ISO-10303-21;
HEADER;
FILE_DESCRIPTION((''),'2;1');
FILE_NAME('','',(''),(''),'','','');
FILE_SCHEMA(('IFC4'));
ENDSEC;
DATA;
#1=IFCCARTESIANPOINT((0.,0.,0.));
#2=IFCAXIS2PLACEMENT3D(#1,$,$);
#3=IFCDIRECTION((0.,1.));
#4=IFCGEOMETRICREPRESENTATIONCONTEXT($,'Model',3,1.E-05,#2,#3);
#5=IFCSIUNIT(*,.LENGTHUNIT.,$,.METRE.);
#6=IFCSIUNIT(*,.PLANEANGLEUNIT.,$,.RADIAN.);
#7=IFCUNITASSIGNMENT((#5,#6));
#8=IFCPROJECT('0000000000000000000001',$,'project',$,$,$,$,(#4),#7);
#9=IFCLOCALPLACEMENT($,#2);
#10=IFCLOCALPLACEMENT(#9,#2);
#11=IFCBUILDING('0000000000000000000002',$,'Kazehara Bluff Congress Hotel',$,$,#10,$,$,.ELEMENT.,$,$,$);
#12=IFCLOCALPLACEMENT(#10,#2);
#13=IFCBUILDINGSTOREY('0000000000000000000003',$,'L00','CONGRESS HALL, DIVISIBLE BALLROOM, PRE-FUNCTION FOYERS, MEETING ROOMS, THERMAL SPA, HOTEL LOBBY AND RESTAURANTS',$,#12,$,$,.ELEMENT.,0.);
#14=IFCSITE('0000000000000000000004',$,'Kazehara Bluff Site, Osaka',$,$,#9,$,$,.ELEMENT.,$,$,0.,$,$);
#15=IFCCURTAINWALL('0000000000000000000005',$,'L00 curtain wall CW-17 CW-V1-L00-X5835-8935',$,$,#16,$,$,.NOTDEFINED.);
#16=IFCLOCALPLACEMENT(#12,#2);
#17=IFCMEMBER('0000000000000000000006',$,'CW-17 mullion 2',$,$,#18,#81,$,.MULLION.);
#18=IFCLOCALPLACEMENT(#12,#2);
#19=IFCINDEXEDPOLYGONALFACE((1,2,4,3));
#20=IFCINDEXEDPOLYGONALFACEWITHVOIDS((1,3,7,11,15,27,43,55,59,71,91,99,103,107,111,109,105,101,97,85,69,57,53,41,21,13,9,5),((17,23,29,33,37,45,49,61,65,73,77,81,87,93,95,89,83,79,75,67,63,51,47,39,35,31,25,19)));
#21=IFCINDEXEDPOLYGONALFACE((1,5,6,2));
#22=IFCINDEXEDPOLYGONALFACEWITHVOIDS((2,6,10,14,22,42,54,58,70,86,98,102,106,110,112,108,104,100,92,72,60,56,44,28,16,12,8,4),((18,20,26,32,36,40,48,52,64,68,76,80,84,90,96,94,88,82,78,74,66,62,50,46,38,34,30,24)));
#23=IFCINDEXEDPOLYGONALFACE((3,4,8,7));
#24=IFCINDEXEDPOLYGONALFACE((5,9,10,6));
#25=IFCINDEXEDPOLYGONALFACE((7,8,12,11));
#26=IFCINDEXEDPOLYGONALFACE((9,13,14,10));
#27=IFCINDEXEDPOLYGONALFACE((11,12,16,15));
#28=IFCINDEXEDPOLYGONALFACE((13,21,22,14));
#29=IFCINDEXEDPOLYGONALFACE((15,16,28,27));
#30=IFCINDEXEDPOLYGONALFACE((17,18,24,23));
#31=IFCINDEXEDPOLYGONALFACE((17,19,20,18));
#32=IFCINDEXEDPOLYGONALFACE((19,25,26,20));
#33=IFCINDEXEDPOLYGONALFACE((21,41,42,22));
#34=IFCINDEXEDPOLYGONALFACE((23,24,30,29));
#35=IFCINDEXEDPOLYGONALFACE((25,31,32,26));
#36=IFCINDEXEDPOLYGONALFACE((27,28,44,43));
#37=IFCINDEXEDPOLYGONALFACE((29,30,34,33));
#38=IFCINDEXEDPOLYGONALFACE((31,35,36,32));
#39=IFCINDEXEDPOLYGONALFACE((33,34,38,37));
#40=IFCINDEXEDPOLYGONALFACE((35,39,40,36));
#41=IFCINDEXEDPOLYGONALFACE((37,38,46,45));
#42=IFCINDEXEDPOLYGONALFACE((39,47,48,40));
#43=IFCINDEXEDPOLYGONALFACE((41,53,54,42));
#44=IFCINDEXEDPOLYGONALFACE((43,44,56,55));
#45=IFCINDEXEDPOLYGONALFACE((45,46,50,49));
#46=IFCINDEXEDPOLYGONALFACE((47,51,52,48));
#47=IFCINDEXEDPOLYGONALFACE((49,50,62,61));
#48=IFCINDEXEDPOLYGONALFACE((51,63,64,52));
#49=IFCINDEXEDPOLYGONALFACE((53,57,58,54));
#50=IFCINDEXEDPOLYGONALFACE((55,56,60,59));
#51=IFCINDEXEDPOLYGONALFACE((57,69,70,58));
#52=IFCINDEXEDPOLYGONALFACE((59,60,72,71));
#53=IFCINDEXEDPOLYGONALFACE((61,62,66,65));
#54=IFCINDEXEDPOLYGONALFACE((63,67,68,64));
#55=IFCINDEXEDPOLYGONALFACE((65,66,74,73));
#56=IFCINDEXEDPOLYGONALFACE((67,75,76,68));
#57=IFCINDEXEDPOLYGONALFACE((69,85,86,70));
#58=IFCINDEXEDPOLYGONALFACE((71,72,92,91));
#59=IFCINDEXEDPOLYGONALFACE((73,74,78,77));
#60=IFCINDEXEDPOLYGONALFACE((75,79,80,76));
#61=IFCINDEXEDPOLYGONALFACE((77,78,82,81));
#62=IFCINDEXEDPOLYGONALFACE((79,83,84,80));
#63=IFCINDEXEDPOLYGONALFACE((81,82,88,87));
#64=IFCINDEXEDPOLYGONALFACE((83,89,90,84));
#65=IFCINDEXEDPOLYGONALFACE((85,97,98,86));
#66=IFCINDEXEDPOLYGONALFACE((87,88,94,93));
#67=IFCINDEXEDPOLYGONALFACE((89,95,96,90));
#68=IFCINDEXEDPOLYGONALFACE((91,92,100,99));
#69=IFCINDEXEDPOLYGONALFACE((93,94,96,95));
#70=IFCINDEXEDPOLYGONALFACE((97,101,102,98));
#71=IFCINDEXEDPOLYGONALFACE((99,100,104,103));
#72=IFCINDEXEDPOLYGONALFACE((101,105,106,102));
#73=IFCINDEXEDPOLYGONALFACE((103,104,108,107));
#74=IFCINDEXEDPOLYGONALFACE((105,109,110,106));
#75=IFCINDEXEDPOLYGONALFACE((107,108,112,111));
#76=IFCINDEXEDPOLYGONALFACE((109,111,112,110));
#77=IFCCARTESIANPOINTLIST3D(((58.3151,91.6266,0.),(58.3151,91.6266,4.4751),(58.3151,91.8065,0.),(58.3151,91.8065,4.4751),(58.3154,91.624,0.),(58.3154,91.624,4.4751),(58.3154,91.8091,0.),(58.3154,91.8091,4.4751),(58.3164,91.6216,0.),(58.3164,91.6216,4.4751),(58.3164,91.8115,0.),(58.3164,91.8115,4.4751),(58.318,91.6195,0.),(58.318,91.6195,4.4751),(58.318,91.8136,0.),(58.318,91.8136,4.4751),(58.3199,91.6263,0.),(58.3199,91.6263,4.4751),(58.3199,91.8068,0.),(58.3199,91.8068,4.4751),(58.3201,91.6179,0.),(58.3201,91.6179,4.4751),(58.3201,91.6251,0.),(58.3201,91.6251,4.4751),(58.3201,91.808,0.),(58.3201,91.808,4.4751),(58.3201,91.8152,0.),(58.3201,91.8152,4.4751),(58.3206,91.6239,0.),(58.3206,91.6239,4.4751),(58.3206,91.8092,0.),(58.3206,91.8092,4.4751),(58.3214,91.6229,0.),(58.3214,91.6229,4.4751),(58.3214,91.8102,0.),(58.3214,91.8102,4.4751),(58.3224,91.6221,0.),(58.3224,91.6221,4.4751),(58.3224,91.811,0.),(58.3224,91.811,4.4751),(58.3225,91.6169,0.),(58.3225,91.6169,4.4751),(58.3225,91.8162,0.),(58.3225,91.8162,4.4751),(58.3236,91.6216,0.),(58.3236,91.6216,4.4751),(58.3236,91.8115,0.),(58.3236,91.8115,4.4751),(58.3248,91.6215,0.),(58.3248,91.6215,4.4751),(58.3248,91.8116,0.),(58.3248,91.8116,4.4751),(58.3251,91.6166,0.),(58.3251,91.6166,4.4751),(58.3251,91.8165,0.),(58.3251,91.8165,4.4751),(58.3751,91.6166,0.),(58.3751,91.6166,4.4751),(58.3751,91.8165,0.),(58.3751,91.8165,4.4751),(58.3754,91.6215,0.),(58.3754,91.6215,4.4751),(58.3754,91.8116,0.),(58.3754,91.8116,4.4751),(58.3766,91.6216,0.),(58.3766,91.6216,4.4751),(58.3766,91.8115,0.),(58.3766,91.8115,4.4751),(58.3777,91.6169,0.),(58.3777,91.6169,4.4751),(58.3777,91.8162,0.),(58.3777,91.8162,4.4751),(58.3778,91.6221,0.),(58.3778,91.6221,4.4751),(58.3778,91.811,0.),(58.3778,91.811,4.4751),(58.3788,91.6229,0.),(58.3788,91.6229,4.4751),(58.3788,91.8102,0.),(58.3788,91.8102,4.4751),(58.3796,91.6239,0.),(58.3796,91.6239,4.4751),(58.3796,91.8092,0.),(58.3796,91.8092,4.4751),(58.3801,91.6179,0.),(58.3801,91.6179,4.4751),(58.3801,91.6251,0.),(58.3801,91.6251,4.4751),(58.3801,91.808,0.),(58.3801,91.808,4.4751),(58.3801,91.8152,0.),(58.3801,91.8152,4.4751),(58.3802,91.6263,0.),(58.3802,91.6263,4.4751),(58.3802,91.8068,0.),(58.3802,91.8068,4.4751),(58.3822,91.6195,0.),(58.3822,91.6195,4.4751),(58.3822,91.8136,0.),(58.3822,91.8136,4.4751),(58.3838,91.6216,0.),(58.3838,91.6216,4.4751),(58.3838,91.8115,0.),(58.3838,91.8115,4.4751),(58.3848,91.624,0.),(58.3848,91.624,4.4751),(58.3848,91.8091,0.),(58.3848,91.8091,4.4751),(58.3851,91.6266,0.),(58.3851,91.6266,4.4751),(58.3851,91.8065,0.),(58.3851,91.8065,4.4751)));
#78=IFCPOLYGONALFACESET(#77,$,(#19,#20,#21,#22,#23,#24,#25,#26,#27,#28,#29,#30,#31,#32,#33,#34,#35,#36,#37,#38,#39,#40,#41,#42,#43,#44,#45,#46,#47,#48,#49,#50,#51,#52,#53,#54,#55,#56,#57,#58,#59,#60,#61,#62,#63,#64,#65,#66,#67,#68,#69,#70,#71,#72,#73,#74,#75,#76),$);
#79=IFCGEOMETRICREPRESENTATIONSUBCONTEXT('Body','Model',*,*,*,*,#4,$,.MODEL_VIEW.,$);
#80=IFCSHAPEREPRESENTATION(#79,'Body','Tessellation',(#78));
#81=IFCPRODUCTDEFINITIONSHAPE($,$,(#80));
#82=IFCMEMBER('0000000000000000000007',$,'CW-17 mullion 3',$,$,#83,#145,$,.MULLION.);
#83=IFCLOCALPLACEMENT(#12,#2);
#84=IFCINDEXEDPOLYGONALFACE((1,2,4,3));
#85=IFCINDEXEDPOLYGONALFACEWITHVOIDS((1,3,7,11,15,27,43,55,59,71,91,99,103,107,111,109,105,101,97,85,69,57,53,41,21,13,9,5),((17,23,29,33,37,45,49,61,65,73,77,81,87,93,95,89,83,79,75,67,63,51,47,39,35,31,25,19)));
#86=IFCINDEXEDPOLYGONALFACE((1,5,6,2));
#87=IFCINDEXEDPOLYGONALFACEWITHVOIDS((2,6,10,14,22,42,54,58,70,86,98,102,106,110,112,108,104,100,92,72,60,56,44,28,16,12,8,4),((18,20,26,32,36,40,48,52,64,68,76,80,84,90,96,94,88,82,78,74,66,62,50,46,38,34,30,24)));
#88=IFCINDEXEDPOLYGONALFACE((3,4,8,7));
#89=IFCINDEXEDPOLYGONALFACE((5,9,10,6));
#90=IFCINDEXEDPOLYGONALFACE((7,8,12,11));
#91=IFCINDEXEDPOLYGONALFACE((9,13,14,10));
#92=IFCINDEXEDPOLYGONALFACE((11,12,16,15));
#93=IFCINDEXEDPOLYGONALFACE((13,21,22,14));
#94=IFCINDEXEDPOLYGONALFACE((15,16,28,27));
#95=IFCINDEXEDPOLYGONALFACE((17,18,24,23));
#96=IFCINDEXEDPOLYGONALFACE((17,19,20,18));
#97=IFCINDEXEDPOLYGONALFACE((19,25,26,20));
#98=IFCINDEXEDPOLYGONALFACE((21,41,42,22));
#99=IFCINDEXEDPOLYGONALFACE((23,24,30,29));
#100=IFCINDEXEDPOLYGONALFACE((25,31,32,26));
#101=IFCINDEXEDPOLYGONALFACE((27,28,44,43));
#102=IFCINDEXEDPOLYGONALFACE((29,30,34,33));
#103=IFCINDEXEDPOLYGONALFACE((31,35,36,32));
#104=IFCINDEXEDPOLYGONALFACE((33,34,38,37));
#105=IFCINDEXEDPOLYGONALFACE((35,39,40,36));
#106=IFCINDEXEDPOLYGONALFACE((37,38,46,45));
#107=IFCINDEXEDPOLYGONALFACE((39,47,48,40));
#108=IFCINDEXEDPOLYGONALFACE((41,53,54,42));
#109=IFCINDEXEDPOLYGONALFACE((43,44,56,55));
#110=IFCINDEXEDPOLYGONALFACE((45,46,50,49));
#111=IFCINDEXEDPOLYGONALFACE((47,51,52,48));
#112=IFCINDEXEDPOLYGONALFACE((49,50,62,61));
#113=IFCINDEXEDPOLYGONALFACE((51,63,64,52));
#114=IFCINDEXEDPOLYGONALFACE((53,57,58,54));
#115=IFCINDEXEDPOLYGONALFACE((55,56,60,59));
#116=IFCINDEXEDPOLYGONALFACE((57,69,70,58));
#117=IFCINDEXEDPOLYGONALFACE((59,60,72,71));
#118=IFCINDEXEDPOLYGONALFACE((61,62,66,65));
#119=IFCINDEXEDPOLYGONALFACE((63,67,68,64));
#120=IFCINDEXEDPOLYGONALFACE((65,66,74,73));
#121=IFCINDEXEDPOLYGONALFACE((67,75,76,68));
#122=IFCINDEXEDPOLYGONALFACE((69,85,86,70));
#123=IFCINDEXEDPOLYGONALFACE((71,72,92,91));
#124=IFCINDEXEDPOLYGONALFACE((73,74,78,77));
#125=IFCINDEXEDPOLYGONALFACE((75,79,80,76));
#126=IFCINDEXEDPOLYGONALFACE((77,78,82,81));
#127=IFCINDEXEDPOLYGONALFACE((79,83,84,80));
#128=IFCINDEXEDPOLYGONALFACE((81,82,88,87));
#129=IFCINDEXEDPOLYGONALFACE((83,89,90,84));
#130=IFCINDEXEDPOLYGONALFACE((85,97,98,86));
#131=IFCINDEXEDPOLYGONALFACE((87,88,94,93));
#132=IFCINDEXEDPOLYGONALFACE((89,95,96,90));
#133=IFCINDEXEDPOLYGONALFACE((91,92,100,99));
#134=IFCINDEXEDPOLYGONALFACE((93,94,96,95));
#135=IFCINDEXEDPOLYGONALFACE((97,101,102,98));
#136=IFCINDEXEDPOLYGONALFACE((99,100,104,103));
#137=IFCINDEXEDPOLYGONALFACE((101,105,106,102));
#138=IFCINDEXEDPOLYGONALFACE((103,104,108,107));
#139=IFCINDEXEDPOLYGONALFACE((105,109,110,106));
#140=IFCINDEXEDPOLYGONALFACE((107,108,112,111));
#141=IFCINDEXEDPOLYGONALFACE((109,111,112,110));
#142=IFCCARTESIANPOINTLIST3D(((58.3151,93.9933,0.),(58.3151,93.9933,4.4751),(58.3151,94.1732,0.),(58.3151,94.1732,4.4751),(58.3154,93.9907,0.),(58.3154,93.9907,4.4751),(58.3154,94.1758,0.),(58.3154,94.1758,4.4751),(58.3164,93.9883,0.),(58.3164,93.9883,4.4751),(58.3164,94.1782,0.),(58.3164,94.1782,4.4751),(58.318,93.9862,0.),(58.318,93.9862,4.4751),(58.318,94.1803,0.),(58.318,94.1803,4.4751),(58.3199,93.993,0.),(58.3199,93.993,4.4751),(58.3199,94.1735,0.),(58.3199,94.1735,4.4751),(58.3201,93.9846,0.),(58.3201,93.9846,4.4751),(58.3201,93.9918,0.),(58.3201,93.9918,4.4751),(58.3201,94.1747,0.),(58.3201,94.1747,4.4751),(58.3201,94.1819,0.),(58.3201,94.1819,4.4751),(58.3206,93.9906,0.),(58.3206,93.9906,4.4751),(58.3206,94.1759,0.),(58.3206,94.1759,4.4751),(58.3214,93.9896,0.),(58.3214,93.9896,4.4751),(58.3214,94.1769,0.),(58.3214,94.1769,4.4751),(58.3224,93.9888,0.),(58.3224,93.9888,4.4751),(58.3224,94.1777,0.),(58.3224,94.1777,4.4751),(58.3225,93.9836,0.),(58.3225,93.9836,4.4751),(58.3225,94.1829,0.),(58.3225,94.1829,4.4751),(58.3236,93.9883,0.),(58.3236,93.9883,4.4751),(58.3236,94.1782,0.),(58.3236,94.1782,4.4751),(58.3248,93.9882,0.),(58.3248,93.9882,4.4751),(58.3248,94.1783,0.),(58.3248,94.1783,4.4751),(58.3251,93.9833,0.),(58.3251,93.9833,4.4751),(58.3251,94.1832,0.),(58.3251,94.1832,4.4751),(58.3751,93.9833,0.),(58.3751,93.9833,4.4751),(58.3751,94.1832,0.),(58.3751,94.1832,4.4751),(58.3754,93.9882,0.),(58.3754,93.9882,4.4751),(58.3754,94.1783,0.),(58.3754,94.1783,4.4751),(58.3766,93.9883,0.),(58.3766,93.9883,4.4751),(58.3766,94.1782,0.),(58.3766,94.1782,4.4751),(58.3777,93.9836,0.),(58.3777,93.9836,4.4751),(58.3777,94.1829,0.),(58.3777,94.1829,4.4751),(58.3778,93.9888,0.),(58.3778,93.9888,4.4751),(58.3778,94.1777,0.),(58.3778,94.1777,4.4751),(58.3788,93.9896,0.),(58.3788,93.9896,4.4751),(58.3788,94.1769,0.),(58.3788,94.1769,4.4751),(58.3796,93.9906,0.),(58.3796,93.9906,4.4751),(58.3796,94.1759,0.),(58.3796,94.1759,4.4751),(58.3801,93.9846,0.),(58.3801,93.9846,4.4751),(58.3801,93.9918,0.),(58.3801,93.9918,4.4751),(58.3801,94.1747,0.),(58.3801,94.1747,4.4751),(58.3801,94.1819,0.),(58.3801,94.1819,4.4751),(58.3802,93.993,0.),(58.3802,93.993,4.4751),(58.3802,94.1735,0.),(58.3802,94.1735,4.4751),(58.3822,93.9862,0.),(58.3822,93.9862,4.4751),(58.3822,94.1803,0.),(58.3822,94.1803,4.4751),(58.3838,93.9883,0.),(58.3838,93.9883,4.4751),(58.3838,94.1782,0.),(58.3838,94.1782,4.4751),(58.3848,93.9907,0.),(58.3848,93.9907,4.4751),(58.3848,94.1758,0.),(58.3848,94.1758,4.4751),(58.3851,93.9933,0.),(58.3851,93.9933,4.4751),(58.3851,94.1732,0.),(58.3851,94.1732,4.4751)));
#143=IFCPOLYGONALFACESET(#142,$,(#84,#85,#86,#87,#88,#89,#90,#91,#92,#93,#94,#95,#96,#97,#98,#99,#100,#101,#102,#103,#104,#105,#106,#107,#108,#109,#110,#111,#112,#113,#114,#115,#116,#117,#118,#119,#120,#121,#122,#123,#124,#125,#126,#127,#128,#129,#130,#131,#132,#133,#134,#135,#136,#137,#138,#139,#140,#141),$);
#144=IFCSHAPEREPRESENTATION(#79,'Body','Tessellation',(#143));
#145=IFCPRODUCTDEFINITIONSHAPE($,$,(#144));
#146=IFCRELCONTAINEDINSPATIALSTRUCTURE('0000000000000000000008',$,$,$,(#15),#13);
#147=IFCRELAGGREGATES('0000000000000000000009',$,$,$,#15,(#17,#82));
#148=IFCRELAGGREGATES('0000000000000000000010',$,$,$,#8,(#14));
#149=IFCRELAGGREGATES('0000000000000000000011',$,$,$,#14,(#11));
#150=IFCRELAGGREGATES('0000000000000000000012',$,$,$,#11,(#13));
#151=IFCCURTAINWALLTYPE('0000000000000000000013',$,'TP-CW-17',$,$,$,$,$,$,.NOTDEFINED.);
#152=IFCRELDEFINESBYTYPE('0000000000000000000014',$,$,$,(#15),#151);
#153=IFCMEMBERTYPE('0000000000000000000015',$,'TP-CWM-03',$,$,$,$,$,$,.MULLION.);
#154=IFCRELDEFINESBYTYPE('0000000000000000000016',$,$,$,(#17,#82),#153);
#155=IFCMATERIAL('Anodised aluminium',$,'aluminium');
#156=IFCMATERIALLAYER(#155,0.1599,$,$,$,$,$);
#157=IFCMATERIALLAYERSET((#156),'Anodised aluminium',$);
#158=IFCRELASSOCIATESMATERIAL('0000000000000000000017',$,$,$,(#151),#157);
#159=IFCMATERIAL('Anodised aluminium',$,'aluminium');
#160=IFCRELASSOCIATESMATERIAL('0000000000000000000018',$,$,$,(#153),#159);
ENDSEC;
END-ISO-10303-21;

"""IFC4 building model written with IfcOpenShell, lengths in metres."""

from ifc_helpers import new_model, si_unit, direction, frame, origin, origin_2d, place, context, subcontext, project, spatial, hollow_rectangle, extrude, material, layer, layer_set, material_profile, profile_set, type_object, element, aggregate, save


model = new_model("IFC4")

# Units and contexts
model_context = context("Model", 3, precision=1e-05, world=origin(), true_north=direction((0.0, 1.0)))
body_context = subcontext(model_context, "Body", "Model", "MODEL_VIEW")
ifc_project = project(units=[si_unit("LENGTHUNIT", "METRE"), si_unit("PLANEANGLEUNIT", "RADIAN")], contexts=[model_context])

# Site, building, storey
site_placement = place(None, origin())
site = spatial("IfcSite", under=ifc_project, at=site_placement, Name="Kazehara Bluff Site, Osaka", CompositionType="ELEMENT", RefElevation=0.0)
building_placement = place(site_placement, origin())
building = spatial("IfcBuilding", under=site, at=building_placement, Name="Kazehara Bluff Congress Hotel", CompositionType="ELEMENT")
storey_placement = place(building_placement, origin())
storey = spatial("IfcBuildingStorey", under=building, at=storey_placement, Name="L00", Description="CONGRESS HALL, DIVISIBLE BALLROOM, PRE-FUNCTION FOYERS, MEETING ROOMS, THERMAL SPA, HOTEL LOBBY AND RESTAURANTS", CompositionType="ELEMENT", Elevation=0.0)

# Shared definitions
ifc_material_1 = material(Name="Anodised aluminium", Category="aluminium")
ifc_layer_1 = layer(ifc_material_1, 0.1599)
ifc_layer_set_1 = layer_set([ifc_layer_1], Name="Anodised aluminium")
curtain_wall_type = type_object("IfcCurtainWallType", Name="TP-CW-17", PredefinedType="NOTDEFINED", material=ifc_layer_set_1)
ifc_material_2 = material(Name="Anodised aluminium", Category="aluminium")
ifc_material_profile_1 = material_profile(ifc_material_2, hollow_rectangle(XDim=0.0701, YDim=0.2, WallThickness=0.0049, InnerFilletRadius=0.0049, OuterFilletRadius=0.01, at=origin_2d()))
ifc_profile_set_1 = profile_set([ifc_material_profile_1], Name="Anodised aluminium")
member_type_1 = type_object("IfcMemberType", Name="TP-CWM-03", PredefinedType="MULLION", material=ifc_profile_set_1)

# Curtain wall, members
curtain_wall_1_placement = place(storey_placement, origin())
curtain_wall_1 = element("IfcCurtainWall", 1, at=curtain_wall_1_placement, inside=storey, type_object=curtain_wall_type, Name="L00 curtain wall CW-17 CW-V1-L00-X5835-8935", PredefinedType="NOTDEFINED")
member_1_placement = place(storey_placement, frame((58.3501, 91.7166, 0.0), z_axis=(0.0, 0.0, 1.0), x_axis=(-1.0, 0.0, 0.0)))
member_1 = element("IfcMember", 2, at=member_1_placement, type_object=member_type_1, Name="CW-17 mullion 2", PredefinedType="MULLION", context=body_context, shape_type="SweptSolid", body=[
    extrude(hollow_rectangle(XDim=0.0701, YDim=0.2, WallThickness=0.0049, InnerFilletRadius=0.0049, OuterFilletRadius=0.01, at=origin_2d()), origin(), (0.0, 0.0, 1.0), 4.4751),
])
member_2_placement = place(storey_placement, frame((58.3501, 94.0833, 0.0), z_axis=(0.0, 0.0, 1.0), x_axis=(-1.0, 0.0, 0.0)))
member_2 = element("IfcMember", 3, at=member_2_placement, type_object=member_type_1, Name="CW-17 mullion 3", PredefinedType="MULLION", context=body_context, shape_type="SweptSolid", body=[
    extrude(hollow_rectangle(XDim=0.0701, YDim=0.2, WallThickness=0.0049, InnerFilletRadius=0.0049, OuterFilletRadius=0.01, at=origin_2d()), origin(), (0.0, 0.0, 1.0), 4.4751),
])

aggregate(curtain_wall_1, [member_1, member_2])

save(model, "model.ifc")
